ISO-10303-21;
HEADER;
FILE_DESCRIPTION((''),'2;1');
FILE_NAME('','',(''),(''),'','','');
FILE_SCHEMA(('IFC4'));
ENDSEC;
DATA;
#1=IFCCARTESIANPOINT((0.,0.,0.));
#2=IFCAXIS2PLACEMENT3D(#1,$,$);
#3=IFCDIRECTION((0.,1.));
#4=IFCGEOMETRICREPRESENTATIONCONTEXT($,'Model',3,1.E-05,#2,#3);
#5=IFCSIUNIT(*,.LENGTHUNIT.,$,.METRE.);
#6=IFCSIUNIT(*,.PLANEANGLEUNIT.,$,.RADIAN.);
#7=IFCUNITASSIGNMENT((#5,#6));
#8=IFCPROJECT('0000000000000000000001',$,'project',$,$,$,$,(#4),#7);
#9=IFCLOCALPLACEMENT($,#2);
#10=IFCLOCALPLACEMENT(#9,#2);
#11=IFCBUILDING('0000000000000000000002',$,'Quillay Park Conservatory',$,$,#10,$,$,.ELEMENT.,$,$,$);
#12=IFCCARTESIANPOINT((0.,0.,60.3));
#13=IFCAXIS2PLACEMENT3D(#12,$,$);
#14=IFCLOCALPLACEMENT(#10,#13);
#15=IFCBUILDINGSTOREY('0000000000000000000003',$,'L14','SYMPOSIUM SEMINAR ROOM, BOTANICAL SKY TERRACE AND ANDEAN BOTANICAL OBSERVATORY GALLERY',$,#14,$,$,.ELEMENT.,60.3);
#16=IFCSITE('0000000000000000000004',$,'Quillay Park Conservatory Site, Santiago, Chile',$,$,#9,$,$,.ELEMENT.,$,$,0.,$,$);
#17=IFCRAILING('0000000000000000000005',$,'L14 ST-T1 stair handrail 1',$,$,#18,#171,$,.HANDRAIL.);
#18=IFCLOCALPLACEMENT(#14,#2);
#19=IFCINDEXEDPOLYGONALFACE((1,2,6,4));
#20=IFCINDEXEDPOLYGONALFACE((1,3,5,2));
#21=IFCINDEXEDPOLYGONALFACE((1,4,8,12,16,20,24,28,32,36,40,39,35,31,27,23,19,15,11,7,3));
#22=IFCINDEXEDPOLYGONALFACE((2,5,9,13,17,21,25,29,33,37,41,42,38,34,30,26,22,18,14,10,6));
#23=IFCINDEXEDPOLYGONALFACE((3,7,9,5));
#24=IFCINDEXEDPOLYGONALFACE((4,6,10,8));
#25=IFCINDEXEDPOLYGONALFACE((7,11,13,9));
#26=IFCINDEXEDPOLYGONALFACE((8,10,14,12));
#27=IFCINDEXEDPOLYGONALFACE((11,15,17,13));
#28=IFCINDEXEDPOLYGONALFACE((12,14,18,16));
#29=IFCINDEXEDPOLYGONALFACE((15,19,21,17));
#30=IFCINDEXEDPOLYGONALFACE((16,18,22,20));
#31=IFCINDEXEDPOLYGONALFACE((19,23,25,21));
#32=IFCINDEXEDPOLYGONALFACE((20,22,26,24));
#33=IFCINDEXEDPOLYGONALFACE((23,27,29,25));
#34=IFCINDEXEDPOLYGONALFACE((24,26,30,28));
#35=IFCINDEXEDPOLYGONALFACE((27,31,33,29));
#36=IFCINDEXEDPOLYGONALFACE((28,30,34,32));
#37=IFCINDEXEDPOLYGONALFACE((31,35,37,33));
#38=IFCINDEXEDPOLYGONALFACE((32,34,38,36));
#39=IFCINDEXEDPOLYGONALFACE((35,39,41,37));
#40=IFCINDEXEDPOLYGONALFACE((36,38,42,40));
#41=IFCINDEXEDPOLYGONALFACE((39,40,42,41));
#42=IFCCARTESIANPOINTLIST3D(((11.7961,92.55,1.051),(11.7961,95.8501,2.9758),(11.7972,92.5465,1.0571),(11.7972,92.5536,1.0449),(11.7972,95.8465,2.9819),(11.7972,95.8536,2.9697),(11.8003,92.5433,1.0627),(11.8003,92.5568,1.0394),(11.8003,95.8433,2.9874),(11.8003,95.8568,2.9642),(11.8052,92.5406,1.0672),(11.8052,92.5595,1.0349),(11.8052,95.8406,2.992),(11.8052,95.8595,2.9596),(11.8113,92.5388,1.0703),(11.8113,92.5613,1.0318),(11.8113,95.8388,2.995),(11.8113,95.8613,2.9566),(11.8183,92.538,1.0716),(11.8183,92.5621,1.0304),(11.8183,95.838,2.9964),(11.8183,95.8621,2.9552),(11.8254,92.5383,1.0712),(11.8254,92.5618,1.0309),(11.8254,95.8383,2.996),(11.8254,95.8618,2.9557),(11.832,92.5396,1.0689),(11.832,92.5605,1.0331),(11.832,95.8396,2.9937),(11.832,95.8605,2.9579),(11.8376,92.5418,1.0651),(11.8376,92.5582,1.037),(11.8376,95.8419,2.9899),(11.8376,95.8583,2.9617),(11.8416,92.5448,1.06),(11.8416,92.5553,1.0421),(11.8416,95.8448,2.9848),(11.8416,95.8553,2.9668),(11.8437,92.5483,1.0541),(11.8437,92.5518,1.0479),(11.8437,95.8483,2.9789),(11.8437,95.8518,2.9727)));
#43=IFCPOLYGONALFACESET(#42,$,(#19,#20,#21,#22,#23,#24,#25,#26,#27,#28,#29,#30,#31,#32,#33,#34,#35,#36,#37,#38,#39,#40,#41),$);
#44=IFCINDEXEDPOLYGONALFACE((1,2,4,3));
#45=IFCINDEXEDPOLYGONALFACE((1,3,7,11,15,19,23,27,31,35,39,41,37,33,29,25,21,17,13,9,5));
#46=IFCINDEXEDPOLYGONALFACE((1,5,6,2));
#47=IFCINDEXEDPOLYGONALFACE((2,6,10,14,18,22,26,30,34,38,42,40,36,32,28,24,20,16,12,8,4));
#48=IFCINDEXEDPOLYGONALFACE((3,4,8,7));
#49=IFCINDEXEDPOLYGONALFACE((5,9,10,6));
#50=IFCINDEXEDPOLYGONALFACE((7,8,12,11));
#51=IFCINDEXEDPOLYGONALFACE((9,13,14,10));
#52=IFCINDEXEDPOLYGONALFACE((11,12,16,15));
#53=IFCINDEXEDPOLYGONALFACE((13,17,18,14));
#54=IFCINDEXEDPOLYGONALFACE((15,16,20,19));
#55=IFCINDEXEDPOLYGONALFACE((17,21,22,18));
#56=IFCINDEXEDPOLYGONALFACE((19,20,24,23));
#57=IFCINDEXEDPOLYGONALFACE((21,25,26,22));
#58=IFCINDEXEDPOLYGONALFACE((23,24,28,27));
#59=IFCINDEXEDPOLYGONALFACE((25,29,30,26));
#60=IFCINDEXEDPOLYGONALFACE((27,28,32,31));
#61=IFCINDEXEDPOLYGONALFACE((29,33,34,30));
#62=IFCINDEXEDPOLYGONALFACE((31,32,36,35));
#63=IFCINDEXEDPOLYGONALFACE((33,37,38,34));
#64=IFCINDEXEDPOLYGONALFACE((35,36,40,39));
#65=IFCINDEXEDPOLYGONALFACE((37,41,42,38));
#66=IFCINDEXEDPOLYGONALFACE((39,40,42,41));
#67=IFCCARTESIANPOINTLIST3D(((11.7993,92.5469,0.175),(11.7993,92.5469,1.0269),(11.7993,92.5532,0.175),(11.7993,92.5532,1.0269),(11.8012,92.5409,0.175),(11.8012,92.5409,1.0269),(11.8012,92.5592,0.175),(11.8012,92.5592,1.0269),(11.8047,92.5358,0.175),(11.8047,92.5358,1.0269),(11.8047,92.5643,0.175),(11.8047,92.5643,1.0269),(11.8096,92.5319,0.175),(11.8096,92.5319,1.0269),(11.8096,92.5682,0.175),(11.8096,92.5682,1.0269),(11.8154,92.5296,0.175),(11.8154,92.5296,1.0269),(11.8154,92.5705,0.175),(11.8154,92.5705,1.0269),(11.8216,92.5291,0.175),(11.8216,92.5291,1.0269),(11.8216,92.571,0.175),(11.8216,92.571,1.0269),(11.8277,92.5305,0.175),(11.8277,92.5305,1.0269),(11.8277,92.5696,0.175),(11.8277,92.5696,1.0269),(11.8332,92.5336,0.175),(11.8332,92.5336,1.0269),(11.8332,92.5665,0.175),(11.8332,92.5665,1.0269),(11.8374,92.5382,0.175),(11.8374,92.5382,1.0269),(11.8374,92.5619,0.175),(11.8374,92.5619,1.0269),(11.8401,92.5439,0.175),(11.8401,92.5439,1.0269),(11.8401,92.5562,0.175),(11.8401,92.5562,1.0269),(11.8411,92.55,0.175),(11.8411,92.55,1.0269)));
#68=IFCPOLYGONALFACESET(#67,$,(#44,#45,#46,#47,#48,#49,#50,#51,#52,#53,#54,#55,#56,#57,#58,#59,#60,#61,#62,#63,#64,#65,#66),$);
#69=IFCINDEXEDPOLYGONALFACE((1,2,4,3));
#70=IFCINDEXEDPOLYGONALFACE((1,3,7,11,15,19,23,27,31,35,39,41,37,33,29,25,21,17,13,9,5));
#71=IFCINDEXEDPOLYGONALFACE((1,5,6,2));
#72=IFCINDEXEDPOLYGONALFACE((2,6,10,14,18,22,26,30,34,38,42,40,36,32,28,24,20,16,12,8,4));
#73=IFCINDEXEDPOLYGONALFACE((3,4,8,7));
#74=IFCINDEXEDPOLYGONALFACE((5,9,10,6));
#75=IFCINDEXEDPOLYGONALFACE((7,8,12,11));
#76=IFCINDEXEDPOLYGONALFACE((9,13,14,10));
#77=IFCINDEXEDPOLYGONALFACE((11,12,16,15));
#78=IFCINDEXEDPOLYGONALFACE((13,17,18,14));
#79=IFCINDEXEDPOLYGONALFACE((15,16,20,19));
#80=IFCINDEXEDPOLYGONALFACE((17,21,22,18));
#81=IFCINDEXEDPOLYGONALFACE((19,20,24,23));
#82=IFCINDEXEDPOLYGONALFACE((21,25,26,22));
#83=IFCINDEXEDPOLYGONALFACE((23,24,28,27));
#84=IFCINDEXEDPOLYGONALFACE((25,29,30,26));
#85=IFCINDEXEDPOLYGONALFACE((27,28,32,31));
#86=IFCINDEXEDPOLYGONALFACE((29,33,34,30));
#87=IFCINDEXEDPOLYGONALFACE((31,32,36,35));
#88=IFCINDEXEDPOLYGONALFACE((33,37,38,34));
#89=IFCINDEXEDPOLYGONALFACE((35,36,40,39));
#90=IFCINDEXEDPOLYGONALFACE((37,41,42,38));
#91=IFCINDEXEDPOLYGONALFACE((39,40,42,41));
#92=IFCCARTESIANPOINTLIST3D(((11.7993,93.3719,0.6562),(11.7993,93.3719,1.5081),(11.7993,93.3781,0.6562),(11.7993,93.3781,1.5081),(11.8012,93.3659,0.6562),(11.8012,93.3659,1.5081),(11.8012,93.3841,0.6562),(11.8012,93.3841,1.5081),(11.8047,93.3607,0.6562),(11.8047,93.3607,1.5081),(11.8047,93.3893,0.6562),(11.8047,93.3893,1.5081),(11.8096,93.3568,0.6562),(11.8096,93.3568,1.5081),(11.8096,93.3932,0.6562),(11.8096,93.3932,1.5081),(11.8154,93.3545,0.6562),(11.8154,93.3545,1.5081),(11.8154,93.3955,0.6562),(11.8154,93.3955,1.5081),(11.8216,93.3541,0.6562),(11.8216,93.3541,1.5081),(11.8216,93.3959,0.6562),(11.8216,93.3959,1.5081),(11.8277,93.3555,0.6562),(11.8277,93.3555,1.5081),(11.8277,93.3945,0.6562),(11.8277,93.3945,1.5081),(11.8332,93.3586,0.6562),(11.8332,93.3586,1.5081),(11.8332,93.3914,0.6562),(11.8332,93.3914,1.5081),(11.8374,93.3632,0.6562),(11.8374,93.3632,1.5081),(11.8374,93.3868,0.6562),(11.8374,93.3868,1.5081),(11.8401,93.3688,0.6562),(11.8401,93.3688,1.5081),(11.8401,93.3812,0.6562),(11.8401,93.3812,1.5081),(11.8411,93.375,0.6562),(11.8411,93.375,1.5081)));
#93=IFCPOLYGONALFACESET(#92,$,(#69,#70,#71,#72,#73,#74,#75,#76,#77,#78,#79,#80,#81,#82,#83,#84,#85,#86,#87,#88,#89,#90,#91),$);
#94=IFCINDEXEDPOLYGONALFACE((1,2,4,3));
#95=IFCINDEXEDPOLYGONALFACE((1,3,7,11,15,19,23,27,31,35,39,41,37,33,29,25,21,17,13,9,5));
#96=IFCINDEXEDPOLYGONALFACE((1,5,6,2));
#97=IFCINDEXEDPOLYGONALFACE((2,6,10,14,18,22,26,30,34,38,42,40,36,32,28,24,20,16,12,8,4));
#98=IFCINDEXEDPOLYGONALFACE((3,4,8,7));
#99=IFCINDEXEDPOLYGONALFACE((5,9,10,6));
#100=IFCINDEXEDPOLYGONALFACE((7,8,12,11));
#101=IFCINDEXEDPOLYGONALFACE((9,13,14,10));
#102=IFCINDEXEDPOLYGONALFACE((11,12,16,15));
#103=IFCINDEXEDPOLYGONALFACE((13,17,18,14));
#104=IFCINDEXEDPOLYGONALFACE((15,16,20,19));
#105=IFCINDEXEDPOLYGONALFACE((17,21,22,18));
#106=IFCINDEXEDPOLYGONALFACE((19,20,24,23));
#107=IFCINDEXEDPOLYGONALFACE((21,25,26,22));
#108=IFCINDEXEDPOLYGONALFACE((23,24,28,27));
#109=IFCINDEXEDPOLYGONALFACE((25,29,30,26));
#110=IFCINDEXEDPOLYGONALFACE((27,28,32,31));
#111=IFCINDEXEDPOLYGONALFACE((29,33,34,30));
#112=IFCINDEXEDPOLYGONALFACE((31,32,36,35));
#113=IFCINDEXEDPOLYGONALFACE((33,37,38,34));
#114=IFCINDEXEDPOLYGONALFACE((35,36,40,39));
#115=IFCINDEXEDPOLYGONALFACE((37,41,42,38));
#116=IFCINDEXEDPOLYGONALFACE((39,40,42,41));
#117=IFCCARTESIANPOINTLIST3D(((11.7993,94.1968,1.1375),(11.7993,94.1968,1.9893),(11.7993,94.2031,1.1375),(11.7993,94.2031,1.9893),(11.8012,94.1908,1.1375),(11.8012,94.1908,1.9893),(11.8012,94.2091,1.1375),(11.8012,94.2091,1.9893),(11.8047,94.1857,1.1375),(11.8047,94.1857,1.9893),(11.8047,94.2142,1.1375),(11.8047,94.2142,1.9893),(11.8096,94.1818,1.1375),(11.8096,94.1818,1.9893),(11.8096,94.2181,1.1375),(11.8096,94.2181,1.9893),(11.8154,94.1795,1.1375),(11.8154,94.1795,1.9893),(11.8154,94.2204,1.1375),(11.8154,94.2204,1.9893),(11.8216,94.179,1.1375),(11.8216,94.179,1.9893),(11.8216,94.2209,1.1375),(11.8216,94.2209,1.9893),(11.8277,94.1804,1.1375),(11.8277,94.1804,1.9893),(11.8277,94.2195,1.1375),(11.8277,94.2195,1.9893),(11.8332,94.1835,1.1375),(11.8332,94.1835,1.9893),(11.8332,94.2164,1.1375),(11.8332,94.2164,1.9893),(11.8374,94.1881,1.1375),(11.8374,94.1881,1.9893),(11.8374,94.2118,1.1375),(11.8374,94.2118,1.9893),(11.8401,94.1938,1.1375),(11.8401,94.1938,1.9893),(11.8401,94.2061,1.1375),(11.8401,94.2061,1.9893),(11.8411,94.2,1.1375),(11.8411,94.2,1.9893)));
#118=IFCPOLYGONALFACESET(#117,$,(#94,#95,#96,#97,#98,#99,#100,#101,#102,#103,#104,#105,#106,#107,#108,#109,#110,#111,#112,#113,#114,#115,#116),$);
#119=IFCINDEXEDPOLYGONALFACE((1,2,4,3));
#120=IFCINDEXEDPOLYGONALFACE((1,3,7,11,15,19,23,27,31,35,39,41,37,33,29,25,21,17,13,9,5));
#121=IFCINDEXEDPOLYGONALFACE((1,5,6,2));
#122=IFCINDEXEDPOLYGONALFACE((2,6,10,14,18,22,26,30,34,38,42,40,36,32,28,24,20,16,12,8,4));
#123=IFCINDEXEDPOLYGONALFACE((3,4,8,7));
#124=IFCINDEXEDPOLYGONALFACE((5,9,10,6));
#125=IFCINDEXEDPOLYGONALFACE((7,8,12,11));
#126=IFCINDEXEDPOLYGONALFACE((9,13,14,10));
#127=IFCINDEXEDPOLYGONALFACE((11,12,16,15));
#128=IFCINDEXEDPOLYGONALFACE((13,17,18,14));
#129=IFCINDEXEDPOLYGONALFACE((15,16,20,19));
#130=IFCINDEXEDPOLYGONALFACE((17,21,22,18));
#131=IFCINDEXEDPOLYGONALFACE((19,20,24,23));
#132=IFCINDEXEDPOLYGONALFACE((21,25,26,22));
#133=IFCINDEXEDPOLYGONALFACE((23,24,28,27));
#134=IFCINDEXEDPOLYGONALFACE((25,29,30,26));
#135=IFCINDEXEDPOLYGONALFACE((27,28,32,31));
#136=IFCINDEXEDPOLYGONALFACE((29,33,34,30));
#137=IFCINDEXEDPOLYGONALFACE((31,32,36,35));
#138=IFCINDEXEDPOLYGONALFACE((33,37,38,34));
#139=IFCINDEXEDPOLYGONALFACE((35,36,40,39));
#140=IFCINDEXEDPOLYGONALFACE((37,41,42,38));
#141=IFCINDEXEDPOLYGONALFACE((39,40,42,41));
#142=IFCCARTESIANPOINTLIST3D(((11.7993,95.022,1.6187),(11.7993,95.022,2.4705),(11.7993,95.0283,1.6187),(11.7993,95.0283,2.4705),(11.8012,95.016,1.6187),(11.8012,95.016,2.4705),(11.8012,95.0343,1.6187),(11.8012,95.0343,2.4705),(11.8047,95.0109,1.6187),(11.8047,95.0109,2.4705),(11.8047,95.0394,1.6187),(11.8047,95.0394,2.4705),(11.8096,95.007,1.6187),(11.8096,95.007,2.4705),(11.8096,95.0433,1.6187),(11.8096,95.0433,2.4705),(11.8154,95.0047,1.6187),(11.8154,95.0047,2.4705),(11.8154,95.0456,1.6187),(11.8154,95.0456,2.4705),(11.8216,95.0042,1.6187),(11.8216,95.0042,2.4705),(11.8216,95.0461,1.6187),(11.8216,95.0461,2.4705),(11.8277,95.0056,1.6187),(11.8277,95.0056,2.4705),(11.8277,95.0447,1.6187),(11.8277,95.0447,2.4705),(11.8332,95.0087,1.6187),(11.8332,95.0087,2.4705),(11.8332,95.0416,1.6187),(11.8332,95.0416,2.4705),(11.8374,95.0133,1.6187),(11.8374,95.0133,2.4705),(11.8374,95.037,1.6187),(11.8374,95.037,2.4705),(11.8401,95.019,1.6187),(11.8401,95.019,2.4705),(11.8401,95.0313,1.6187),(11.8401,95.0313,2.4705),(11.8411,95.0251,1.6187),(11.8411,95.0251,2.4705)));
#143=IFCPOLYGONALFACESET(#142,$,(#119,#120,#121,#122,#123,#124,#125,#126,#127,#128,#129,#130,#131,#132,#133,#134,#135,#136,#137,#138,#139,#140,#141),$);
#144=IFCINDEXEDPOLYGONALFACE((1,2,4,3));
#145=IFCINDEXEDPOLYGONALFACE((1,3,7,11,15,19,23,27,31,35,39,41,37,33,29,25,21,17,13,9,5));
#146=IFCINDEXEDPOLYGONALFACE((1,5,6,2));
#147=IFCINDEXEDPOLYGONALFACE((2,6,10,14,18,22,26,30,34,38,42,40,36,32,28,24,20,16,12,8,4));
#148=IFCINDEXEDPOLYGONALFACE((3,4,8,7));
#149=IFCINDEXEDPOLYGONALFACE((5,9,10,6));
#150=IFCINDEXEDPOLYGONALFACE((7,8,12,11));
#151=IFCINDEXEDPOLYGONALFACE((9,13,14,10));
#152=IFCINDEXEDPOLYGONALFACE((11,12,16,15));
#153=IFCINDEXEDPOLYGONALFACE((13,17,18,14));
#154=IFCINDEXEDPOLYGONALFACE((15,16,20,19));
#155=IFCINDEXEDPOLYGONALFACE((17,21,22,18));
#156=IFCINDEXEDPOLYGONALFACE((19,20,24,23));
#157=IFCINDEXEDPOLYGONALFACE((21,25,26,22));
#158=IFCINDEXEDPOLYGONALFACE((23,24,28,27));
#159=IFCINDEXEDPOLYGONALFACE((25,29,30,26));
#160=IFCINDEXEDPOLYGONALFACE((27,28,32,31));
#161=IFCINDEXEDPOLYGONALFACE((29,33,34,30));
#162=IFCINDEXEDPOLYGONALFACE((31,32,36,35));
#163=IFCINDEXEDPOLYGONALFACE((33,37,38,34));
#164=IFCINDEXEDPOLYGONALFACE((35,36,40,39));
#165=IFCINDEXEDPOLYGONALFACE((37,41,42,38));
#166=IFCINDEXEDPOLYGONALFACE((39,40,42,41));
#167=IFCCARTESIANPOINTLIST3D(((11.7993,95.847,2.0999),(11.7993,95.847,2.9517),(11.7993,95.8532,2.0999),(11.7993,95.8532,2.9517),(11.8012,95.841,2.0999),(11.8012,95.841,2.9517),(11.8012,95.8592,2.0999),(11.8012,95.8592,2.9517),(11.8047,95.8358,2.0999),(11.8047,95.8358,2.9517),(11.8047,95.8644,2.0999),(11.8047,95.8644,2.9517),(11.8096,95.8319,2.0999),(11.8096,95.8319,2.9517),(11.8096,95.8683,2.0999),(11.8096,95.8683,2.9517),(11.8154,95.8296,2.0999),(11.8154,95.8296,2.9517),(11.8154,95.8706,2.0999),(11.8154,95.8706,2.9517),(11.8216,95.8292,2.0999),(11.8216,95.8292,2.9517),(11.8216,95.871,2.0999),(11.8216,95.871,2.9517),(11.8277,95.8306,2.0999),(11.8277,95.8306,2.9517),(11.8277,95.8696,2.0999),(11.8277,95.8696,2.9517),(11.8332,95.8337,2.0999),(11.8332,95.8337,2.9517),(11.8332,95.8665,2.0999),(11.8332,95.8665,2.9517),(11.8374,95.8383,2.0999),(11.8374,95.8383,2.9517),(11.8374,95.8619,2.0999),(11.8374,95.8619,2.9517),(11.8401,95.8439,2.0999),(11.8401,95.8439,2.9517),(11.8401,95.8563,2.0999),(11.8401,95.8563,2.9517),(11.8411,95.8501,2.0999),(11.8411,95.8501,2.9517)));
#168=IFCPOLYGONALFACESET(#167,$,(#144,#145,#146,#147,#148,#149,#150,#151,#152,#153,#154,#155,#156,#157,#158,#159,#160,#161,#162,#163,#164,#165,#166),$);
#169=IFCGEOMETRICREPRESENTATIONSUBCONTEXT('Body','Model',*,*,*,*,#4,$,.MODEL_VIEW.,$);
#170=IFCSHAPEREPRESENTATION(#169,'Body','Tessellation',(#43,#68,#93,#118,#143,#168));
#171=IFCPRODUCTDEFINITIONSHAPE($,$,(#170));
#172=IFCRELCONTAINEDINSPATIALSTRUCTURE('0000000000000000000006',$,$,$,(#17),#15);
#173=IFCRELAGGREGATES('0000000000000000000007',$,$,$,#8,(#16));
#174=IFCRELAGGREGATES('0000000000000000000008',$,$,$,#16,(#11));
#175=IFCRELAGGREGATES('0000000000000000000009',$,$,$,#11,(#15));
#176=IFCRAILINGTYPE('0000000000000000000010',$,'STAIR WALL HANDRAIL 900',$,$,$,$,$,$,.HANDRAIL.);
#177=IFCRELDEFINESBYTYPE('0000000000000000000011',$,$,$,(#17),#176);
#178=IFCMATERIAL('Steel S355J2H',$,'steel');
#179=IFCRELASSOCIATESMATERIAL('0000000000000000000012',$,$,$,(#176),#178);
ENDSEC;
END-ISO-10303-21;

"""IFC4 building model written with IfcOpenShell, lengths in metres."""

from ifc_helpers import new_model, si_unit, direction, frame, origin, origin_2d, place, context, subcontext, project, spatial, circle, extrude, material, type_object, element, save


model = new_model("IFC4")

# Units and contexts
model_context = context("Model", 3, precision=1e-05, world=origin(), true_north=direction((0.0, 1.0)))
body_context = subcontext(model_context, "Body", "Model", "MODEL_VIEW")
ifc_project = project(units=[si_unit("LENGTHUNIT", "METRE"), si_unit("PLANEANGLEUNIT", "RADIAN")], contexts=[model_context])

# Site, building, storey
site_placement = place(None, origin())
site = spatial("IfcSite", under=ifc_project, at=site_placement, Name="Quillay Park Conservatory Site, Santiago, Chile", CompositionType="ELEMENT", RefElevation=0.0)
building_placement = place(site_placement, origin())
building = spatial("IfcBuilding", under=site, at=building_placement, Name="Quillay Park Conservatory", CompositionType="ELEMENT")
storey_placement = place(building_placement, frame((0.0, 0.0, 60.3)))
storey = spatial("IfcBuildingStorey", under=building, at=storey_placement, Name="L14", Description="SYMPOSIUM SEMINAR ROOM, BOTANICAL SKY TERRACE AND ANDEAN BOTANICAL OBSERVATORY GALLERY", CompositionType="ELEMENT", Elevation=60.3)

# Railing
ifc_material_1 = material(Name="Steel S355J2H", Category="steel")
railing_type_1 = type_object("IfcRailingType", Name="STAIR WALL HANDRAIL 900", PredefinedType="HANDRAIL", material=ifc_material_1)
railing_1_placement = place(storey_placement, frame((11.8201, 92.55, 0.175)))
element("IfcRailing", 1, at=railing_1_placement, inside=storey, type_object=railing_type_1, Name="L14 ST-T1 stair handrail 1", PredefinedType="HANDRAIL", context=body_context, shape_type="SweptSolid", body=[
    extrude(circle(Radius=0.0239, at=origin_2d()), frame((0.0, 0.0, 0.876), z_axis=(0.0, 0.863804, 0.503827), x_axis=(-1.0, 0.0, 0.0)), (0.0, 0.0, 1.0), 3.8203),
    extrude(circle(Radius=0.021, at=origin_2d()), origin(), (0.0, 0.0, 1.0), 0.8518),
    extrude(circle(Radius=0.021, at=origin_2d()), frame((0.0, 0.825, 0.4812)), (0.0, 0.0, 1.0), 0.8518),
    extrude(circle(Radius=0.021, at=origin_2d()), frame((0.0, 1.6499, 0.9624)), (0.0, 0.0, 1.0), 0.8518),
    extrude(circle(Radius=0.021, at=origin_2d()), frame((0.0, 2.4751, 1.4436)), (0.0, 0.0, 1.0), 0.8518),
    extrude(circle(Radius=0.021, at=origin_2d()), frame((0.0, 3.3, 1.9248)), (0.0, 0.0, 1.0), 0.8518),
])

save(model, "model.ifc")
